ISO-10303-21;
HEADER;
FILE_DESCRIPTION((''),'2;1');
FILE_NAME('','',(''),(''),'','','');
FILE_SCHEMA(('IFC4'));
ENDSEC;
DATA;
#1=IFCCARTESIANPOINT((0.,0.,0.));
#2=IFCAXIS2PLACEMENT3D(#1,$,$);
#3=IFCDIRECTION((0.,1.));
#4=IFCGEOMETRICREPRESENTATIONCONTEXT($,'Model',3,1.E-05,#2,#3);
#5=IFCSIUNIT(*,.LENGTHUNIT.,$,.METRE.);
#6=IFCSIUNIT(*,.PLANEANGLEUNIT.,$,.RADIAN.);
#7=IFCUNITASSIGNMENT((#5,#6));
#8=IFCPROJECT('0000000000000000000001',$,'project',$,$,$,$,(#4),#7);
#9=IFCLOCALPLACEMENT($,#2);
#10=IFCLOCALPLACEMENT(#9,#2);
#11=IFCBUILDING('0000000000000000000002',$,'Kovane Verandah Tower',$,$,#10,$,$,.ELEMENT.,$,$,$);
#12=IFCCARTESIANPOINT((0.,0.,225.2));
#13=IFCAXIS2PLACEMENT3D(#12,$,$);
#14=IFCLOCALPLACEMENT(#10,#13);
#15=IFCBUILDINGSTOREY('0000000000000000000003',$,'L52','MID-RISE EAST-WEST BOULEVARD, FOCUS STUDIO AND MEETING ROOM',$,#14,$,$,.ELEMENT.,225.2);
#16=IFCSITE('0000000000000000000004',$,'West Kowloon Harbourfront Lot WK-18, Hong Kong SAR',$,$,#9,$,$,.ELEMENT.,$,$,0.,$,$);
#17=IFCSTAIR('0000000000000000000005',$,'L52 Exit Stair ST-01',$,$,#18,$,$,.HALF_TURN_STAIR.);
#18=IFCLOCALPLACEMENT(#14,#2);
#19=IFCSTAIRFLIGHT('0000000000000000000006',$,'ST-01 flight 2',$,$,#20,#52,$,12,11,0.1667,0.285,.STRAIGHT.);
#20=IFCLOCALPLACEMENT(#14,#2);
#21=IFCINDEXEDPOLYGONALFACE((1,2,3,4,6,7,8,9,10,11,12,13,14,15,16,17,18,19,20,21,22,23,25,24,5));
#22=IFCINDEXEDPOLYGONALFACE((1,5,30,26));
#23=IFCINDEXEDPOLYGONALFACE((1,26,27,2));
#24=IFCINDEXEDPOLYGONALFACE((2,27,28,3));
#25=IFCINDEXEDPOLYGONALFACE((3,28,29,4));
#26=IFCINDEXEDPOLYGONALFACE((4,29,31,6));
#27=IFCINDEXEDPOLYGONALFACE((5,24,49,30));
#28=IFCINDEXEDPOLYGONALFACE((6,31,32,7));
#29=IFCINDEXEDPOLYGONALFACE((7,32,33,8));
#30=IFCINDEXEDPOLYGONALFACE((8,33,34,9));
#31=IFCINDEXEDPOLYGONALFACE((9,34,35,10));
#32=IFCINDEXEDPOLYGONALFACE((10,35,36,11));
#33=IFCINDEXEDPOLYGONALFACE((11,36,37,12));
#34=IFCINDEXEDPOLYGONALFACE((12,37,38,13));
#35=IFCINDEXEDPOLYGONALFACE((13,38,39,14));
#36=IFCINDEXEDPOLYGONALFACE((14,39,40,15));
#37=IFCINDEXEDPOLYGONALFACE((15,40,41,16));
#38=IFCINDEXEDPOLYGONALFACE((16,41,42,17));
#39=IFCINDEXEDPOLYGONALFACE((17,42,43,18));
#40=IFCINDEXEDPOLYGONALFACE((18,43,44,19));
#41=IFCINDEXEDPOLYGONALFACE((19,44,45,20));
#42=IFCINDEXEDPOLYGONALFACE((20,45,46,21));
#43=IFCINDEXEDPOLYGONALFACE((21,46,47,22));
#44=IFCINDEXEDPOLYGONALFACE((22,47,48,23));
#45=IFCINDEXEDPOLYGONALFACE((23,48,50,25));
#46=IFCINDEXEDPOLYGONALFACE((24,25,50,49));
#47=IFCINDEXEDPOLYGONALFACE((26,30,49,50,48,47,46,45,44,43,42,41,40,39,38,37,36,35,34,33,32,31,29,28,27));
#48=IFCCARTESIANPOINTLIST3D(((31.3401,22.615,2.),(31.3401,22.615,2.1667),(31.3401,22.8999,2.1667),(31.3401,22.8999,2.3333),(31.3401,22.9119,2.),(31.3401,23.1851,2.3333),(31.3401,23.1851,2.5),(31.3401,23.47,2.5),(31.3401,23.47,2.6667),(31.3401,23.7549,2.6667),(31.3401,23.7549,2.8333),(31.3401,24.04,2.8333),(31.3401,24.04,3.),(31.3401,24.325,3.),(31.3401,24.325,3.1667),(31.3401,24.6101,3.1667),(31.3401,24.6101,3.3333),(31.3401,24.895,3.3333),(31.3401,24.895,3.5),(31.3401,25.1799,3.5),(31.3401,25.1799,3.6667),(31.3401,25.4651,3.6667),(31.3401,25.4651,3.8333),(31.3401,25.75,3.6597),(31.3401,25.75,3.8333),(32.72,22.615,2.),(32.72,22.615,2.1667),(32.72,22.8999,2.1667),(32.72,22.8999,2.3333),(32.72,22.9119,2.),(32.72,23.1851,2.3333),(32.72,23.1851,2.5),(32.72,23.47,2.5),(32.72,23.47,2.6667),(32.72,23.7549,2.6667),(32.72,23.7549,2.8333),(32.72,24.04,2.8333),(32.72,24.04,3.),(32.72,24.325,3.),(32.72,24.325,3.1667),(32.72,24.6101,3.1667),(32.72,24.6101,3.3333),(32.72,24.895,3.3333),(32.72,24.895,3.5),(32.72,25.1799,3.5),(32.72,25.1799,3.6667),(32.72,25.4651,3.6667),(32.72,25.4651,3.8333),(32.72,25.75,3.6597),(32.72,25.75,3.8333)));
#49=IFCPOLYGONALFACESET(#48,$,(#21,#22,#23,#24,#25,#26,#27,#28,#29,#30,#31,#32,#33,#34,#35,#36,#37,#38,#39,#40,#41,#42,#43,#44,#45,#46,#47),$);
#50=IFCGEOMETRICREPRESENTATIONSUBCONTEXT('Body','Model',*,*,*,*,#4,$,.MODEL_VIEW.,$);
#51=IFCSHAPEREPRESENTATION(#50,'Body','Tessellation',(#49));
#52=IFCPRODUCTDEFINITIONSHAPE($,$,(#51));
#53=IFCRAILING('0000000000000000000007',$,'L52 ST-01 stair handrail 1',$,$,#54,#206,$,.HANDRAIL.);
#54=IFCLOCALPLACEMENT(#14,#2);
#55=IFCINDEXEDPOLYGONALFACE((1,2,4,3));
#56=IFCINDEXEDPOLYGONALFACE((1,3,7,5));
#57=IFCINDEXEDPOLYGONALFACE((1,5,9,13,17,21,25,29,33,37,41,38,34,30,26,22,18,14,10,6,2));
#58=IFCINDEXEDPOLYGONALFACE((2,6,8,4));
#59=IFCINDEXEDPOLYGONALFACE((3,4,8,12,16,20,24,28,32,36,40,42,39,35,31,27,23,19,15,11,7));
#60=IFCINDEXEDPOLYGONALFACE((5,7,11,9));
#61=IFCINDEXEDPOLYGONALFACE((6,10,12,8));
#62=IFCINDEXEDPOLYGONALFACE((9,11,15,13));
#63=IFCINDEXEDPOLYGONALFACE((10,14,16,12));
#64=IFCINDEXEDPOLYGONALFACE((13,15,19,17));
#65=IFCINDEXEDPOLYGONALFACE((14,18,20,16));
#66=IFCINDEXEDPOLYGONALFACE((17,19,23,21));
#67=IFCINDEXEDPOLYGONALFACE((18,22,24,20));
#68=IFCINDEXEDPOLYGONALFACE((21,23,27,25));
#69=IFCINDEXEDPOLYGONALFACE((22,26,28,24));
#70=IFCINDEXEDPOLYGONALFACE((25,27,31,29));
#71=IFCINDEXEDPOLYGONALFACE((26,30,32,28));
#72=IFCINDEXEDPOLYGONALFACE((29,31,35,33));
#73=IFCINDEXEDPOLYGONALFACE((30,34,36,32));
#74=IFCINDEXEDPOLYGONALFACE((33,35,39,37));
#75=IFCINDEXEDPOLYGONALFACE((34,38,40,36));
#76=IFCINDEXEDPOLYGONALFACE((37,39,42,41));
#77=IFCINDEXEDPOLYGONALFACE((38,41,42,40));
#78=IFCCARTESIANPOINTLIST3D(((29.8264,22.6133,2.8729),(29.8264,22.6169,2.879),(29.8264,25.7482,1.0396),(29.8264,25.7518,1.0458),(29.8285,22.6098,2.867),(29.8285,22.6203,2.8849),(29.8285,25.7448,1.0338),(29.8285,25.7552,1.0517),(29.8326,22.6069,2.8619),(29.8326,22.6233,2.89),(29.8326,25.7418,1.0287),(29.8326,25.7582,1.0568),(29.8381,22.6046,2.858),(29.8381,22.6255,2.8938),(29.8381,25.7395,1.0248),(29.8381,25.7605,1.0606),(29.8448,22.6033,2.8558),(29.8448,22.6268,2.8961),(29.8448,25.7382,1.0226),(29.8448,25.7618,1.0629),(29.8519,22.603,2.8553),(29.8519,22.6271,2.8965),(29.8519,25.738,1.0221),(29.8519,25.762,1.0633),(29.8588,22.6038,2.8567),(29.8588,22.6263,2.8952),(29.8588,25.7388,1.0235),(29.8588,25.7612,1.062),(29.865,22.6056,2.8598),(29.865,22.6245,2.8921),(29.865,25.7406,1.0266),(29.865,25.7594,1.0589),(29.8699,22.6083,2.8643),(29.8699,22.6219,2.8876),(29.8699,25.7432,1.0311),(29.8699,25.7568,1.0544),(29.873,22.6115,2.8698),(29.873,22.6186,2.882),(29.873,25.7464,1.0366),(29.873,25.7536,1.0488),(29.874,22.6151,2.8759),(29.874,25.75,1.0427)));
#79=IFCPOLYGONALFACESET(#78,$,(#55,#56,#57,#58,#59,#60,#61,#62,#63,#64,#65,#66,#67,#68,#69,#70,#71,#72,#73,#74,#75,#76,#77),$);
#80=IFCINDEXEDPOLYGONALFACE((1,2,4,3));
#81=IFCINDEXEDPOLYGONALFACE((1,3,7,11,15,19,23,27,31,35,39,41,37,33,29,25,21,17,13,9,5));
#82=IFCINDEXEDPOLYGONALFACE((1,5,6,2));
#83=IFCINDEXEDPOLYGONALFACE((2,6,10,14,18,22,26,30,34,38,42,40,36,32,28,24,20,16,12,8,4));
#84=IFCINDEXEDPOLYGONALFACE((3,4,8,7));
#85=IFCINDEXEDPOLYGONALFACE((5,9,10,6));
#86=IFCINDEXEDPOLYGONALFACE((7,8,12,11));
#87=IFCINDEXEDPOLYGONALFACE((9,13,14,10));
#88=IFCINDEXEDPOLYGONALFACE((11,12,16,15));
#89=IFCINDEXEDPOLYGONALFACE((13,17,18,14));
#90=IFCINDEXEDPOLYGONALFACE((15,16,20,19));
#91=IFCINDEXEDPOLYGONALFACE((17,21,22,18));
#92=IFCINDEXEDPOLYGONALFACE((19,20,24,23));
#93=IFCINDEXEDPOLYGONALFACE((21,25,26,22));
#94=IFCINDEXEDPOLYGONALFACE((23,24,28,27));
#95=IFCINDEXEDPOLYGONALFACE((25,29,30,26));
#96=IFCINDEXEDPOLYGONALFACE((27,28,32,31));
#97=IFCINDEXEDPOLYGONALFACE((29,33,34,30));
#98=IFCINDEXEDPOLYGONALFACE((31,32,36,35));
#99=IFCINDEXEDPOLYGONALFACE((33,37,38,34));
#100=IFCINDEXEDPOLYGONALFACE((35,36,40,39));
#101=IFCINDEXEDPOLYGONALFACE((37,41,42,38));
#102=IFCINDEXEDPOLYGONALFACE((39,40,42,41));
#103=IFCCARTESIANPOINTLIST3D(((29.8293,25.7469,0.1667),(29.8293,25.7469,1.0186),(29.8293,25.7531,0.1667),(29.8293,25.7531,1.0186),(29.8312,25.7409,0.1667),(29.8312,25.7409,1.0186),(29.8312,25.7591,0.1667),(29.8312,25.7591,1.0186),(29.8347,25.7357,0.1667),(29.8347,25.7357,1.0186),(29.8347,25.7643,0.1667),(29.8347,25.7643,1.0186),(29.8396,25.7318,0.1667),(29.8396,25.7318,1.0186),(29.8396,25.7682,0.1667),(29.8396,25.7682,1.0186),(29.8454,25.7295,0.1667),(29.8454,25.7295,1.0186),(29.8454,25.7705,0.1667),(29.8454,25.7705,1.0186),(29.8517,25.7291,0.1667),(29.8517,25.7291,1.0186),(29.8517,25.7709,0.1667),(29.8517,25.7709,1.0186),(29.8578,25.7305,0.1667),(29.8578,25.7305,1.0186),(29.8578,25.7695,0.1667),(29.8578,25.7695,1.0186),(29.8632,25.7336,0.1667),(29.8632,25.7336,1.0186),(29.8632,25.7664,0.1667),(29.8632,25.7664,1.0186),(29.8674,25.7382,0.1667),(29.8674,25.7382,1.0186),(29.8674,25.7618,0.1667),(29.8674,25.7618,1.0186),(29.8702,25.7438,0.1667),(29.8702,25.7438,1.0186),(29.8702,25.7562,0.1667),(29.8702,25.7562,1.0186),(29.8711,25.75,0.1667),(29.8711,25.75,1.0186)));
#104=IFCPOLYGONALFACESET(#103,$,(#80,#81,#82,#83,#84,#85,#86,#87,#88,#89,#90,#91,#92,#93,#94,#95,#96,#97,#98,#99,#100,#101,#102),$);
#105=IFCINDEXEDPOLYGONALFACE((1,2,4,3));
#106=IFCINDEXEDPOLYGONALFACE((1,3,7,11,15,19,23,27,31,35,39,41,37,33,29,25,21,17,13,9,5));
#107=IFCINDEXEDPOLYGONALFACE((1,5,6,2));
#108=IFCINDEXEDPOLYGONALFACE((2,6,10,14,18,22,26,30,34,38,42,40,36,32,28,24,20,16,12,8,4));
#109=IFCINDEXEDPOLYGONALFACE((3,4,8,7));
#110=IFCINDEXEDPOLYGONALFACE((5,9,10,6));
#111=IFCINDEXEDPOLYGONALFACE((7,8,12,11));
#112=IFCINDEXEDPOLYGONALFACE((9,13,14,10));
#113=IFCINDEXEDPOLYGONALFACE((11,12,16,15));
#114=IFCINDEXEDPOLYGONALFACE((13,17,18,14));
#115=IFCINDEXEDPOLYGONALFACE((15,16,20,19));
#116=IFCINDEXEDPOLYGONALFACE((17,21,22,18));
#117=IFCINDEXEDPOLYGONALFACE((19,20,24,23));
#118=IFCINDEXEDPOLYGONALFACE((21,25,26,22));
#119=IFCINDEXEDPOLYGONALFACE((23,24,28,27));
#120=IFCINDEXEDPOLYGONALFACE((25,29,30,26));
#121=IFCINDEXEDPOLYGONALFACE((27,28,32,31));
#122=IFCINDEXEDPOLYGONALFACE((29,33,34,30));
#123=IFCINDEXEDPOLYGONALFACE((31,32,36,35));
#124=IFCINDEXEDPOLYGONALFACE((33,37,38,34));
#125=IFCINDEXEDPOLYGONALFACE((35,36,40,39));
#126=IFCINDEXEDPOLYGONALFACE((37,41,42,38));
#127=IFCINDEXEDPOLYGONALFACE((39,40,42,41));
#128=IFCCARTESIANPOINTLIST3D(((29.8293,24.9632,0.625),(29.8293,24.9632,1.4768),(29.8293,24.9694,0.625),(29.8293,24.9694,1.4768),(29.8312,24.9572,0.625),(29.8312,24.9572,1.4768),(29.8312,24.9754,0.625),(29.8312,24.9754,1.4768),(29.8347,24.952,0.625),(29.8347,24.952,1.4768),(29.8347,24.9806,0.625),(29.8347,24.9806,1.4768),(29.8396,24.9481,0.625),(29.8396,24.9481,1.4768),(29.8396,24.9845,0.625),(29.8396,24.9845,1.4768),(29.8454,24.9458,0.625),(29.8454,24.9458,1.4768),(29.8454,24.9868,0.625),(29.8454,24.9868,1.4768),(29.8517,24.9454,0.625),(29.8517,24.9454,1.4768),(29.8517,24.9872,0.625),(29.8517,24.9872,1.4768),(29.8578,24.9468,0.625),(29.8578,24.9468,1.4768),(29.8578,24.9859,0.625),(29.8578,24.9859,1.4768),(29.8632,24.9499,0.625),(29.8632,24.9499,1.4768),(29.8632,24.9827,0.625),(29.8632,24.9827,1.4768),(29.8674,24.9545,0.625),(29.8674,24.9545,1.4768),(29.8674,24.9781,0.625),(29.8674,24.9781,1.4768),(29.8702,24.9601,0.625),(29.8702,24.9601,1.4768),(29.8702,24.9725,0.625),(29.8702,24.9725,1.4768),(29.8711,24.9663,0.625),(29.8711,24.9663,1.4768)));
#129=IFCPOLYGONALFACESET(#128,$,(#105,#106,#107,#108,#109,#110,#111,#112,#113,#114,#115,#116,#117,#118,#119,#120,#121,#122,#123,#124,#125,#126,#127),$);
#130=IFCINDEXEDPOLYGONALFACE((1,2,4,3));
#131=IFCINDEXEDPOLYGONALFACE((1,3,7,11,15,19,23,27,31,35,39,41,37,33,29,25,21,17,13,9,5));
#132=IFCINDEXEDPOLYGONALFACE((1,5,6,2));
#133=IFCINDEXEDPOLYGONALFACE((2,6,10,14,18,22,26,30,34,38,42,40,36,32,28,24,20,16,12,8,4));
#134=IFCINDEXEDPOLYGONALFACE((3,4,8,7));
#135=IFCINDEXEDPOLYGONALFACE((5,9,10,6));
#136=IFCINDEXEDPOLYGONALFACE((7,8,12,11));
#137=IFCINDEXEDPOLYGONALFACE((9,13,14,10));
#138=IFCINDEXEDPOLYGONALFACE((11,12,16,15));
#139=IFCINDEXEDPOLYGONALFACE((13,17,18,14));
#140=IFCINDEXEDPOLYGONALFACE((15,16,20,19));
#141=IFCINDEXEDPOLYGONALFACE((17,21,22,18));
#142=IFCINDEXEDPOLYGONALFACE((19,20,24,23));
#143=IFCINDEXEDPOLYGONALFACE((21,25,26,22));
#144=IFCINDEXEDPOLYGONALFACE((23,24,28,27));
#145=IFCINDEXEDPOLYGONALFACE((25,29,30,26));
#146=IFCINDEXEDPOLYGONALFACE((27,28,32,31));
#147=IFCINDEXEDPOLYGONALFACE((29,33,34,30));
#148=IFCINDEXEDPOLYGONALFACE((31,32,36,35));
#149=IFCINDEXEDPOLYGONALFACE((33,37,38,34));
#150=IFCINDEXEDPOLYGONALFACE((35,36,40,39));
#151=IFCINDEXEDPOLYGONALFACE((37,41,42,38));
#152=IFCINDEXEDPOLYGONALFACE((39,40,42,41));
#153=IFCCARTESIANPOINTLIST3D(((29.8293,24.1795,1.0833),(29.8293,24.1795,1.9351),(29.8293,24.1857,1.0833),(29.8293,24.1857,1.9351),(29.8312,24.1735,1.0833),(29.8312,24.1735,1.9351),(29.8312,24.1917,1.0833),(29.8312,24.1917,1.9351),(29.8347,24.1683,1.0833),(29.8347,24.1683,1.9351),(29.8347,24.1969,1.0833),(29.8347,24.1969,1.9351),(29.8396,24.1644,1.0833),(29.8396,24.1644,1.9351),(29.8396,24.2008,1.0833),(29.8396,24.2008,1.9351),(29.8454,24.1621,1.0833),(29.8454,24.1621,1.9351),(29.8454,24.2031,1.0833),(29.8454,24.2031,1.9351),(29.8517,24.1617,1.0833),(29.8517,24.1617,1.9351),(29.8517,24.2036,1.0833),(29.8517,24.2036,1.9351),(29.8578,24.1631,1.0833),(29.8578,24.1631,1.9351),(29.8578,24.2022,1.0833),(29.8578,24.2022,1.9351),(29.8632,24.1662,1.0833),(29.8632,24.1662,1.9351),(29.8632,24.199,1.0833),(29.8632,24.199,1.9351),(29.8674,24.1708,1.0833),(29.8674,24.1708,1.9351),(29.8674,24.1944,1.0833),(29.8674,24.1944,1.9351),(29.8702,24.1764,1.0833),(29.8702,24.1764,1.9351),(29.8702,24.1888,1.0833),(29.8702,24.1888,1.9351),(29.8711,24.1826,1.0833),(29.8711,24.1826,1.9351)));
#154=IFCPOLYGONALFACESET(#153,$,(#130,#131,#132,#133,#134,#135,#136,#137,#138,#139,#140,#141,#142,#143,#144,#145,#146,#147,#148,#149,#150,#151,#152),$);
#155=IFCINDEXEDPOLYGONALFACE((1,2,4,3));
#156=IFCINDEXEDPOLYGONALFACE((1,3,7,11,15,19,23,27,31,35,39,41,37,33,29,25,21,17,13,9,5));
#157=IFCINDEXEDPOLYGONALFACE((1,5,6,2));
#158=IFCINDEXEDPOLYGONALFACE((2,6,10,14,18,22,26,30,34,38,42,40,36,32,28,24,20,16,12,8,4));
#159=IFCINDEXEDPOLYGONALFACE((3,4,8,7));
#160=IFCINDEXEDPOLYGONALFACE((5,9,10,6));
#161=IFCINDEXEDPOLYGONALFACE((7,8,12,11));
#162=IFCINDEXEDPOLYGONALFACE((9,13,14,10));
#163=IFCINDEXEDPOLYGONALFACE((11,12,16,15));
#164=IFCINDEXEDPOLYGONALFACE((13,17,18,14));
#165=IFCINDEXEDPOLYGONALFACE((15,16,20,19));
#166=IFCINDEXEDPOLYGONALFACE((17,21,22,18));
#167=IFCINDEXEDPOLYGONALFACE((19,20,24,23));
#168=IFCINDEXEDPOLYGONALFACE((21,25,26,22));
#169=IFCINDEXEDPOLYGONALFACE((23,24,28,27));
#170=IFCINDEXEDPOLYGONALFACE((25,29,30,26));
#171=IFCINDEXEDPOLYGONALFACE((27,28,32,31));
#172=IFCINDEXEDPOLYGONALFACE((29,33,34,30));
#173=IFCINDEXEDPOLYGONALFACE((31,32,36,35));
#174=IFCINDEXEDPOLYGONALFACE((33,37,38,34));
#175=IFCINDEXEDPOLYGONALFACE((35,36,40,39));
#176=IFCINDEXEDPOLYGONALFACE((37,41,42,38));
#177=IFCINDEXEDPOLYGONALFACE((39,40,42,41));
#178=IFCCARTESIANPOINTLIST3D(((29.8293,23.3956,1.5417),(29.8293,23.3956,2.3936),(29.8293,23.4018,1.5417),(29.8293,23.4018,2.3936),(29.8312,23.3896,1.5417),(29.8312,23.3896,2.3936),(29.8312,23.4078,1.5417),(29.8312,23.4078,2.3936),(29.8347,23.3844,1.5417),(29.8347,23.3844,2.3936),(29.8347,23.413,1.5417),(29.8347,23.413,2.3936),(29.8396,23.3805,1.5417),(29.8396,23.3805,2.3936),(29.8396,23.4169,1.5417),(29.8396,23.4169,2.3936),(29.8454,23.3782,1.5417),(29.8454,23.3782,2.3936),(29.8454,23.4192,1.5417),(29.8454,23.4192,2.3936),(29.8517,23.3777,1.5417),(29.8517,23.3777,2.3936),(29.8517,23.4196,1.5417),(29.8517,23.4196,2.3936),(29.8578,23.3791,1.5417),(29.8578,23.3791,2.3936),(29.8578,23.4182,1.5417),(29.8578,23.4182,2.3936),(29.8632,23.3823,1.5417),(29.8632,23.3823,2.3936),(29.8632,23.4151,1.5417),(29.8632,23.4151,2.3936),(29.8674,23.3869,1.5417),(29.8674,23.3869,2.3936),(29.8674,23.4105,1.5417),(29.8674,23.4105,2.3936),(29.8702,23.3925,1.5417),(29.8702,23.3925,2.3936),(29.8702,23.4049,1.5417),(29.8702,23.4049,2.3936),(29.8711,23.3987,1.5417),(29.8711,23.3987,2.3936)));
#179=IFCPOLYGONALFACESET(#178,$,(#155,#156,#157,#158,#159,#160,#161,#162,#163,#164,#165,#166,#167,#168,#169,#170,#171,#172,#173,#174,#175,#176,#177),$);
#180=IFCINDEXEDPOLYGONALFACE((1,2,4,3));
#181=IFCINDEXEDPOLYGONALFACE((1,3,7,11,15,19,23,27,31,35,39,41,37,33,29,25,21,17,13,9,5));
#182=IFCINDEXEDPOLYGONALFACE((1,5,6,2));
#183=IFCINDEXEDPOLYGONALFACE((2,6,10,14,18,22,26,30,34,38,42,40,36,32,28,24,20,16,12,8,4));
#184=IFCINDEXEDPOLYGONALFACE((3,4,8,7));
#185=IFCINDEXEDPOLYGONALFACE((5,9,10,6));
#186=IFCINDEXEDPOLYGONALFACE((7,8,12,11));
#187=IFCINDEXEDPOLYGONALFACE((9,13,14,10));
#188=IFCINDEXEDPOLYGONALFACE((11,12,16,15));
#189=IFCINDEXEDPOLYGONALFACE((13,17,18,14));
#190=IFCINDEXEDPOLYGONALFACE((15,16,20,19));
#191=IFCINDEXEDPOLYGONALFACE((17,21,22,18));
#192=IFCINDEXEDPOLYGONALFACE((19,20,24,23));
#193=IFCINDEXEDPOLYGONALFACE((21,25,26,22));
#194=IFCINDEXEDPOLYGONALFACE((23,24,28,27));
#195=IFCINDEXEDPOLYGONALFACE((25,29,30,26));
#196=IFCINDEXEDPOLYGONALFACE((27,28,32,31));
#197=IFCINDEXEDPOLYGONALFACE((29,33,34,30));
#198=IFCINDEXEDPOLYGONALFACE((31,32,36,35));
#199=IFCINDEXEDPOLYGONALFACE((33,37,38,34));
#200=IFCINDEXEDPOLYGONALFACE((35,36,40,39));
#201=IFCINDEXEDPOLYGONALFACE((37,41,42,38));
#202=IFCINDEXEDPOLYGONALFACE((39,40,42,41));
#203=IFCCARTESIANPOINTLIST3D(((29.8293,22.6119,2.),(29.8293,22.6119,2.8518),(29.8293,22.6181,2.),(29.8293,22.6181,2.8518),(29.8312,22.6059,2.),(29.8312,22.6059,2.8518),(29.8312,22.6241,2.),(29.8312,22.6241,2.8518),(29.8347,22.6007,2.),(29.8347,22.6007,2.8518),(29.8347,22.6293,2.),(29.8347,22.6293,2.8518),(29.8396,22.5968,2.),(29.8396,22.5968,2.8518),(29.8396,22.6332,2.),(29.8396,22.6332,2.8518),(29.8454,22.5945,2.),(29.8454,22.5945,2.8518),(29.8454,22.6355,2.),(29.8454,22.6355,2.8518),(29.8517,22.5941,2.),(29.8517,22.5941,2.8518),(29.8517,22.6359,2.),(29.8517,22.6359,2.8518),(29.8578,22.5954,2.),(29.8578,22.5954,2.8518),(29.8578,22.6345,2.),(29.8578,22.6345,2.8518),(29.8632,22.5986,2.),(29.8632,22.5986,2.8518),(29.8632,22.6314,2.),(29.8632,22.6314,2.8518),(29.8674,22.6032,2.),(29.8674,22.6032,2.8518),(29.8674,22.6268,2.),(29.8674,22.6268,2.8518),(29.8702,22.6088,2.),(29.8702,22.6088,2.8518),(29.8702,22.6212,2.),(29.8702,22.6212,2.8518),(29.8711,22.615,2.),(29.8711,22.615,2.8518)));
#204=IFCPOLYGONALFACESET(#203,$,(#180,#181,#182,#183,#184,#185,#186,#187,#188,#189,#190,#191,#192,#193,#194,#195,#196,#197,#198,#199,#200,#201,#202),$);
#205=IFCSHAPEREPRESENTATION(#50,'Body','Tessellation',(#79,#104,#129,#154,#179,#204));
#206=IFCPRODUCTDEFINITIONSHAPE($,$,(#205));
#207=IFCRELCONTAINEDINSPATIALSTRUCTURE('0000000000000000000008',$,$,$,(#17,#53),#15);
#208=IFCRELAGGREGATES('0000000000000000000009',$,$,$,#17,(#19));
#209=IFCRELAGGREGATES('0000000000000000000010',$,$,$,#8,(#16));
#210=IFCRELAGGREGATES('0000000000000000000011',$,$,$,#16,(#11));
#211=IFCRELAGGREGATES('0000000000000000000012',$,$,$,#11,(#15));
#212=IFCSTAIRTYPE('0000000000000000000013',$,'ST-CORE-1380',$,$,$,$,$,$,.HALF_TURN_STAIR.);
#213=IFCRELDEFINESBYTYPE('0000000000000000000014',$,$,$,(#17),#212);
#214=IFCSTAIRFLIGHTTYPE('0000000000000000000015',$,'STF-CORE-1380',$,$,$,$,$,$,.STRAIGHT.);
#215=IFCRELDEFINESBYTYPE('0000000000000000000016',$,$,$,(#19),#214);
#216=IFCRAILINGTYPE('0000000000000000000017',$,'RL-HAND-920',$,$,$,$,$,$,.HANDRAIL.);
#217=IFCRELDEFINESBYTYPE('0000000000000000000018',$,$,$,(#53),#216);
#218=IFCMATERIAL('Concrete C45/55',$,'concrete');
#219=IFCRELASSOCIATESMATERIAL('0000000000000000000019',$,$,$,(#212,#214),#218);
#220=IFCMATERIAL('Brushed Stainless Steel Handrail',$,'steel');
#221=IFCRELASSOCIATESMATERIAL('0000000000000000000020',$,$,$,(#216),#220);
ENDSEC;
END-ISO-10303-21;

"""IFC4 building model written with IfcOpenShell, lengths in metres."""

from ifc_helpers import new_model, si_unit, direction, frame, origin, origin_2d, place, context, subcontext, project, spatial, polyline, circle, outline, extrude, material, type_object, element, aggregate, save


model = new_model("IFC4")

# Units and contexts
model_context = context("Model", 3, precision=1e-05, world=origin(), true_north=direction((0.0, 1.0)))
body_context = subcontext(model_context, "Body", "Model", "MODEL_VIEW")
ifc_project = project(units=[si_unit("LENGTHUNIT", "METRE"), si_unit("PLANEANGLEUNIT", "RADIAN")], contexts=[model_context])

# Site, building, storey
site_placement = place(None, origin())
site = spatial("IfcSite", under=ifc_project, at=site_placement, Name="West Kowloon Harbourfront Lot WK-18, Hong Kong SAR", CompositionType="ELEMENT", RefElevation=0.0)
building_placement = place(site_placement, origin())
building = spatial("IfcBuilding", under=site, at=building_placement, Name="Kovane Verandah Tower", CompositionType="ELEMENT")
storey_placement = place(building_placement, frame((0.0, 0.0, 225.2)))
storey = spatial("IfcBuildingStorey", under=building, at=storey_placement, Name="L52", Description="MID-RISE EAST-WEST BOULEVARD, FOCUS STUDIO AND MEETING ROOM", CompositionType="ELEMENT", Elevation=225.2)

# Shared definitions
ifc_material_1 = material(Name="Concrete C45/55", Category="concrete")

# Stair, stair flight
stair_type = type_object("IfcStairType", Name="ST-CORE-1380", PredefinedType="HALF_TURN_STAIR", material=ifc_material_1)
stair_placement = place(storey_placement, origin())
stair = element("IfcStair", 1, at=stair_placement, inside=storey, type_object=stair_type, Name="L52 Exit Stair ST-01", PredefinedType="HALF_TURN_STAIR")
stair_flight_type = type_object("IfcStairFlightType", Name="STF-CORE-1380", PredefinedType="STRAIGHT", material=ifc_material_1)
stair_flight_1_placement = place(storey_placement, frame((32.03, 22.615, 2.0), z_axis=(0.0, 0.0, 1.0), x_axis=(0.0, 1.0, 0.0)))
stair_flight_1 = element("IfcStairFlight", 2, at=stair_flight_1_placement, type_object=stair_flight_type, Name="ST-01 flight 2", NumberOfRisers=12, NumberOfTreads=11, PredefinedType="STRAIGHT", RiserHeight=0.1667, TreadLength=0.285, context=body_context, shape_type="SweptSolid", body=[
    extrude(outline(polyline([(0.0, 0.0), (0.0, 0.1667), (0.2849, 0.1667), (0.2849, 0.3333), (0.5701, 0.3333), (0.5701, 0.5), (0.855, 0.5), (0.855, 0.6667), (1.1399, 0.6667), (1.1399, 0.8333), (1.425, 0.8333), (1.425, 1.0), (1.71, 1.0), (1.71, 1.1667), (1.9951, 1.1667), (1.9951, 1.3333), (2.28, 1.3333), (2.28, 1.5), (2.5649, 1.5), (2.5649, 1.6667), (2.8501, 1.6667), (2.8501, 1.8333), (3.135, 1.8333), (3.135, 2.0), (3.135, 1.6597), (0.2969, 0.0), (0.0, 0.0)])), frame((0.0, 0.6899, 0.0), z_axis=(0.0, -1.0, 0.0), x_axis=(1.0, 0.0, 0.0)), (0.0, 0.0, 1.0), 1.3799),
])
aggregate(stair, [stair_flight_1])

# Railing
ifc_material_2 = material(Name="Brushed Stainless Steel Handrail", Category="steel")
railing_type_1 = type_object("IfcRailingType", Name="RL-HAND-920", PredefinedType="HANDRAIL", material=ifc_material_2)
railing_1_placement = place(storey_placement, frame((29.8501, 25.75, 0.1667)))
element("IfcRailing", 3, at=railing_1_placement, inside=storey, type_object=railing_type_1, Name="L52 ST-01 stair handrail 1", PredefinedType="HANDRAIL", context=body_context, shape_type="SweptSolid", body=[
    extrude(circle(Radius=0.0239, at=origin_2d()), frame((0.0, 0.0, 0.876), z_axis=(0.0, -0.86324, 0.504794), x_axis=(1.0, 0.0, 0.0)), (0.0, 0.0, 1.0), 3.6316),
    extrude(circle(Radius=0.021, at=origin_2d()), origin(), (0.0, 0.0, 1.0), 0.8518),
    extrude(circle(Radius=0.021, at=origin_2d()), frame((0.0, -0.7837, 0.4583)), (0.0, 0.0, 1.0), 0.8518),
    extrude(circle(Radius=0.021, at=origin_2d()), frame((0.0, -1.5674, 0.9165)), (0.0, 0.0, 1.0), 0.8518),
    extrude(circle(Radius=0.021, at=origin_2d()), frame((0.0, -2.3513, 1.375)), (0.0, 0.0, 1.0), 0.8518),
    extrude(circle(Radius=0.021, at=origin_2d()), frame((0.0, -3.135, 1.8333)), (0.0, 0.0, 1.0), 0.8518),
])

save(model, "model.ifc")
